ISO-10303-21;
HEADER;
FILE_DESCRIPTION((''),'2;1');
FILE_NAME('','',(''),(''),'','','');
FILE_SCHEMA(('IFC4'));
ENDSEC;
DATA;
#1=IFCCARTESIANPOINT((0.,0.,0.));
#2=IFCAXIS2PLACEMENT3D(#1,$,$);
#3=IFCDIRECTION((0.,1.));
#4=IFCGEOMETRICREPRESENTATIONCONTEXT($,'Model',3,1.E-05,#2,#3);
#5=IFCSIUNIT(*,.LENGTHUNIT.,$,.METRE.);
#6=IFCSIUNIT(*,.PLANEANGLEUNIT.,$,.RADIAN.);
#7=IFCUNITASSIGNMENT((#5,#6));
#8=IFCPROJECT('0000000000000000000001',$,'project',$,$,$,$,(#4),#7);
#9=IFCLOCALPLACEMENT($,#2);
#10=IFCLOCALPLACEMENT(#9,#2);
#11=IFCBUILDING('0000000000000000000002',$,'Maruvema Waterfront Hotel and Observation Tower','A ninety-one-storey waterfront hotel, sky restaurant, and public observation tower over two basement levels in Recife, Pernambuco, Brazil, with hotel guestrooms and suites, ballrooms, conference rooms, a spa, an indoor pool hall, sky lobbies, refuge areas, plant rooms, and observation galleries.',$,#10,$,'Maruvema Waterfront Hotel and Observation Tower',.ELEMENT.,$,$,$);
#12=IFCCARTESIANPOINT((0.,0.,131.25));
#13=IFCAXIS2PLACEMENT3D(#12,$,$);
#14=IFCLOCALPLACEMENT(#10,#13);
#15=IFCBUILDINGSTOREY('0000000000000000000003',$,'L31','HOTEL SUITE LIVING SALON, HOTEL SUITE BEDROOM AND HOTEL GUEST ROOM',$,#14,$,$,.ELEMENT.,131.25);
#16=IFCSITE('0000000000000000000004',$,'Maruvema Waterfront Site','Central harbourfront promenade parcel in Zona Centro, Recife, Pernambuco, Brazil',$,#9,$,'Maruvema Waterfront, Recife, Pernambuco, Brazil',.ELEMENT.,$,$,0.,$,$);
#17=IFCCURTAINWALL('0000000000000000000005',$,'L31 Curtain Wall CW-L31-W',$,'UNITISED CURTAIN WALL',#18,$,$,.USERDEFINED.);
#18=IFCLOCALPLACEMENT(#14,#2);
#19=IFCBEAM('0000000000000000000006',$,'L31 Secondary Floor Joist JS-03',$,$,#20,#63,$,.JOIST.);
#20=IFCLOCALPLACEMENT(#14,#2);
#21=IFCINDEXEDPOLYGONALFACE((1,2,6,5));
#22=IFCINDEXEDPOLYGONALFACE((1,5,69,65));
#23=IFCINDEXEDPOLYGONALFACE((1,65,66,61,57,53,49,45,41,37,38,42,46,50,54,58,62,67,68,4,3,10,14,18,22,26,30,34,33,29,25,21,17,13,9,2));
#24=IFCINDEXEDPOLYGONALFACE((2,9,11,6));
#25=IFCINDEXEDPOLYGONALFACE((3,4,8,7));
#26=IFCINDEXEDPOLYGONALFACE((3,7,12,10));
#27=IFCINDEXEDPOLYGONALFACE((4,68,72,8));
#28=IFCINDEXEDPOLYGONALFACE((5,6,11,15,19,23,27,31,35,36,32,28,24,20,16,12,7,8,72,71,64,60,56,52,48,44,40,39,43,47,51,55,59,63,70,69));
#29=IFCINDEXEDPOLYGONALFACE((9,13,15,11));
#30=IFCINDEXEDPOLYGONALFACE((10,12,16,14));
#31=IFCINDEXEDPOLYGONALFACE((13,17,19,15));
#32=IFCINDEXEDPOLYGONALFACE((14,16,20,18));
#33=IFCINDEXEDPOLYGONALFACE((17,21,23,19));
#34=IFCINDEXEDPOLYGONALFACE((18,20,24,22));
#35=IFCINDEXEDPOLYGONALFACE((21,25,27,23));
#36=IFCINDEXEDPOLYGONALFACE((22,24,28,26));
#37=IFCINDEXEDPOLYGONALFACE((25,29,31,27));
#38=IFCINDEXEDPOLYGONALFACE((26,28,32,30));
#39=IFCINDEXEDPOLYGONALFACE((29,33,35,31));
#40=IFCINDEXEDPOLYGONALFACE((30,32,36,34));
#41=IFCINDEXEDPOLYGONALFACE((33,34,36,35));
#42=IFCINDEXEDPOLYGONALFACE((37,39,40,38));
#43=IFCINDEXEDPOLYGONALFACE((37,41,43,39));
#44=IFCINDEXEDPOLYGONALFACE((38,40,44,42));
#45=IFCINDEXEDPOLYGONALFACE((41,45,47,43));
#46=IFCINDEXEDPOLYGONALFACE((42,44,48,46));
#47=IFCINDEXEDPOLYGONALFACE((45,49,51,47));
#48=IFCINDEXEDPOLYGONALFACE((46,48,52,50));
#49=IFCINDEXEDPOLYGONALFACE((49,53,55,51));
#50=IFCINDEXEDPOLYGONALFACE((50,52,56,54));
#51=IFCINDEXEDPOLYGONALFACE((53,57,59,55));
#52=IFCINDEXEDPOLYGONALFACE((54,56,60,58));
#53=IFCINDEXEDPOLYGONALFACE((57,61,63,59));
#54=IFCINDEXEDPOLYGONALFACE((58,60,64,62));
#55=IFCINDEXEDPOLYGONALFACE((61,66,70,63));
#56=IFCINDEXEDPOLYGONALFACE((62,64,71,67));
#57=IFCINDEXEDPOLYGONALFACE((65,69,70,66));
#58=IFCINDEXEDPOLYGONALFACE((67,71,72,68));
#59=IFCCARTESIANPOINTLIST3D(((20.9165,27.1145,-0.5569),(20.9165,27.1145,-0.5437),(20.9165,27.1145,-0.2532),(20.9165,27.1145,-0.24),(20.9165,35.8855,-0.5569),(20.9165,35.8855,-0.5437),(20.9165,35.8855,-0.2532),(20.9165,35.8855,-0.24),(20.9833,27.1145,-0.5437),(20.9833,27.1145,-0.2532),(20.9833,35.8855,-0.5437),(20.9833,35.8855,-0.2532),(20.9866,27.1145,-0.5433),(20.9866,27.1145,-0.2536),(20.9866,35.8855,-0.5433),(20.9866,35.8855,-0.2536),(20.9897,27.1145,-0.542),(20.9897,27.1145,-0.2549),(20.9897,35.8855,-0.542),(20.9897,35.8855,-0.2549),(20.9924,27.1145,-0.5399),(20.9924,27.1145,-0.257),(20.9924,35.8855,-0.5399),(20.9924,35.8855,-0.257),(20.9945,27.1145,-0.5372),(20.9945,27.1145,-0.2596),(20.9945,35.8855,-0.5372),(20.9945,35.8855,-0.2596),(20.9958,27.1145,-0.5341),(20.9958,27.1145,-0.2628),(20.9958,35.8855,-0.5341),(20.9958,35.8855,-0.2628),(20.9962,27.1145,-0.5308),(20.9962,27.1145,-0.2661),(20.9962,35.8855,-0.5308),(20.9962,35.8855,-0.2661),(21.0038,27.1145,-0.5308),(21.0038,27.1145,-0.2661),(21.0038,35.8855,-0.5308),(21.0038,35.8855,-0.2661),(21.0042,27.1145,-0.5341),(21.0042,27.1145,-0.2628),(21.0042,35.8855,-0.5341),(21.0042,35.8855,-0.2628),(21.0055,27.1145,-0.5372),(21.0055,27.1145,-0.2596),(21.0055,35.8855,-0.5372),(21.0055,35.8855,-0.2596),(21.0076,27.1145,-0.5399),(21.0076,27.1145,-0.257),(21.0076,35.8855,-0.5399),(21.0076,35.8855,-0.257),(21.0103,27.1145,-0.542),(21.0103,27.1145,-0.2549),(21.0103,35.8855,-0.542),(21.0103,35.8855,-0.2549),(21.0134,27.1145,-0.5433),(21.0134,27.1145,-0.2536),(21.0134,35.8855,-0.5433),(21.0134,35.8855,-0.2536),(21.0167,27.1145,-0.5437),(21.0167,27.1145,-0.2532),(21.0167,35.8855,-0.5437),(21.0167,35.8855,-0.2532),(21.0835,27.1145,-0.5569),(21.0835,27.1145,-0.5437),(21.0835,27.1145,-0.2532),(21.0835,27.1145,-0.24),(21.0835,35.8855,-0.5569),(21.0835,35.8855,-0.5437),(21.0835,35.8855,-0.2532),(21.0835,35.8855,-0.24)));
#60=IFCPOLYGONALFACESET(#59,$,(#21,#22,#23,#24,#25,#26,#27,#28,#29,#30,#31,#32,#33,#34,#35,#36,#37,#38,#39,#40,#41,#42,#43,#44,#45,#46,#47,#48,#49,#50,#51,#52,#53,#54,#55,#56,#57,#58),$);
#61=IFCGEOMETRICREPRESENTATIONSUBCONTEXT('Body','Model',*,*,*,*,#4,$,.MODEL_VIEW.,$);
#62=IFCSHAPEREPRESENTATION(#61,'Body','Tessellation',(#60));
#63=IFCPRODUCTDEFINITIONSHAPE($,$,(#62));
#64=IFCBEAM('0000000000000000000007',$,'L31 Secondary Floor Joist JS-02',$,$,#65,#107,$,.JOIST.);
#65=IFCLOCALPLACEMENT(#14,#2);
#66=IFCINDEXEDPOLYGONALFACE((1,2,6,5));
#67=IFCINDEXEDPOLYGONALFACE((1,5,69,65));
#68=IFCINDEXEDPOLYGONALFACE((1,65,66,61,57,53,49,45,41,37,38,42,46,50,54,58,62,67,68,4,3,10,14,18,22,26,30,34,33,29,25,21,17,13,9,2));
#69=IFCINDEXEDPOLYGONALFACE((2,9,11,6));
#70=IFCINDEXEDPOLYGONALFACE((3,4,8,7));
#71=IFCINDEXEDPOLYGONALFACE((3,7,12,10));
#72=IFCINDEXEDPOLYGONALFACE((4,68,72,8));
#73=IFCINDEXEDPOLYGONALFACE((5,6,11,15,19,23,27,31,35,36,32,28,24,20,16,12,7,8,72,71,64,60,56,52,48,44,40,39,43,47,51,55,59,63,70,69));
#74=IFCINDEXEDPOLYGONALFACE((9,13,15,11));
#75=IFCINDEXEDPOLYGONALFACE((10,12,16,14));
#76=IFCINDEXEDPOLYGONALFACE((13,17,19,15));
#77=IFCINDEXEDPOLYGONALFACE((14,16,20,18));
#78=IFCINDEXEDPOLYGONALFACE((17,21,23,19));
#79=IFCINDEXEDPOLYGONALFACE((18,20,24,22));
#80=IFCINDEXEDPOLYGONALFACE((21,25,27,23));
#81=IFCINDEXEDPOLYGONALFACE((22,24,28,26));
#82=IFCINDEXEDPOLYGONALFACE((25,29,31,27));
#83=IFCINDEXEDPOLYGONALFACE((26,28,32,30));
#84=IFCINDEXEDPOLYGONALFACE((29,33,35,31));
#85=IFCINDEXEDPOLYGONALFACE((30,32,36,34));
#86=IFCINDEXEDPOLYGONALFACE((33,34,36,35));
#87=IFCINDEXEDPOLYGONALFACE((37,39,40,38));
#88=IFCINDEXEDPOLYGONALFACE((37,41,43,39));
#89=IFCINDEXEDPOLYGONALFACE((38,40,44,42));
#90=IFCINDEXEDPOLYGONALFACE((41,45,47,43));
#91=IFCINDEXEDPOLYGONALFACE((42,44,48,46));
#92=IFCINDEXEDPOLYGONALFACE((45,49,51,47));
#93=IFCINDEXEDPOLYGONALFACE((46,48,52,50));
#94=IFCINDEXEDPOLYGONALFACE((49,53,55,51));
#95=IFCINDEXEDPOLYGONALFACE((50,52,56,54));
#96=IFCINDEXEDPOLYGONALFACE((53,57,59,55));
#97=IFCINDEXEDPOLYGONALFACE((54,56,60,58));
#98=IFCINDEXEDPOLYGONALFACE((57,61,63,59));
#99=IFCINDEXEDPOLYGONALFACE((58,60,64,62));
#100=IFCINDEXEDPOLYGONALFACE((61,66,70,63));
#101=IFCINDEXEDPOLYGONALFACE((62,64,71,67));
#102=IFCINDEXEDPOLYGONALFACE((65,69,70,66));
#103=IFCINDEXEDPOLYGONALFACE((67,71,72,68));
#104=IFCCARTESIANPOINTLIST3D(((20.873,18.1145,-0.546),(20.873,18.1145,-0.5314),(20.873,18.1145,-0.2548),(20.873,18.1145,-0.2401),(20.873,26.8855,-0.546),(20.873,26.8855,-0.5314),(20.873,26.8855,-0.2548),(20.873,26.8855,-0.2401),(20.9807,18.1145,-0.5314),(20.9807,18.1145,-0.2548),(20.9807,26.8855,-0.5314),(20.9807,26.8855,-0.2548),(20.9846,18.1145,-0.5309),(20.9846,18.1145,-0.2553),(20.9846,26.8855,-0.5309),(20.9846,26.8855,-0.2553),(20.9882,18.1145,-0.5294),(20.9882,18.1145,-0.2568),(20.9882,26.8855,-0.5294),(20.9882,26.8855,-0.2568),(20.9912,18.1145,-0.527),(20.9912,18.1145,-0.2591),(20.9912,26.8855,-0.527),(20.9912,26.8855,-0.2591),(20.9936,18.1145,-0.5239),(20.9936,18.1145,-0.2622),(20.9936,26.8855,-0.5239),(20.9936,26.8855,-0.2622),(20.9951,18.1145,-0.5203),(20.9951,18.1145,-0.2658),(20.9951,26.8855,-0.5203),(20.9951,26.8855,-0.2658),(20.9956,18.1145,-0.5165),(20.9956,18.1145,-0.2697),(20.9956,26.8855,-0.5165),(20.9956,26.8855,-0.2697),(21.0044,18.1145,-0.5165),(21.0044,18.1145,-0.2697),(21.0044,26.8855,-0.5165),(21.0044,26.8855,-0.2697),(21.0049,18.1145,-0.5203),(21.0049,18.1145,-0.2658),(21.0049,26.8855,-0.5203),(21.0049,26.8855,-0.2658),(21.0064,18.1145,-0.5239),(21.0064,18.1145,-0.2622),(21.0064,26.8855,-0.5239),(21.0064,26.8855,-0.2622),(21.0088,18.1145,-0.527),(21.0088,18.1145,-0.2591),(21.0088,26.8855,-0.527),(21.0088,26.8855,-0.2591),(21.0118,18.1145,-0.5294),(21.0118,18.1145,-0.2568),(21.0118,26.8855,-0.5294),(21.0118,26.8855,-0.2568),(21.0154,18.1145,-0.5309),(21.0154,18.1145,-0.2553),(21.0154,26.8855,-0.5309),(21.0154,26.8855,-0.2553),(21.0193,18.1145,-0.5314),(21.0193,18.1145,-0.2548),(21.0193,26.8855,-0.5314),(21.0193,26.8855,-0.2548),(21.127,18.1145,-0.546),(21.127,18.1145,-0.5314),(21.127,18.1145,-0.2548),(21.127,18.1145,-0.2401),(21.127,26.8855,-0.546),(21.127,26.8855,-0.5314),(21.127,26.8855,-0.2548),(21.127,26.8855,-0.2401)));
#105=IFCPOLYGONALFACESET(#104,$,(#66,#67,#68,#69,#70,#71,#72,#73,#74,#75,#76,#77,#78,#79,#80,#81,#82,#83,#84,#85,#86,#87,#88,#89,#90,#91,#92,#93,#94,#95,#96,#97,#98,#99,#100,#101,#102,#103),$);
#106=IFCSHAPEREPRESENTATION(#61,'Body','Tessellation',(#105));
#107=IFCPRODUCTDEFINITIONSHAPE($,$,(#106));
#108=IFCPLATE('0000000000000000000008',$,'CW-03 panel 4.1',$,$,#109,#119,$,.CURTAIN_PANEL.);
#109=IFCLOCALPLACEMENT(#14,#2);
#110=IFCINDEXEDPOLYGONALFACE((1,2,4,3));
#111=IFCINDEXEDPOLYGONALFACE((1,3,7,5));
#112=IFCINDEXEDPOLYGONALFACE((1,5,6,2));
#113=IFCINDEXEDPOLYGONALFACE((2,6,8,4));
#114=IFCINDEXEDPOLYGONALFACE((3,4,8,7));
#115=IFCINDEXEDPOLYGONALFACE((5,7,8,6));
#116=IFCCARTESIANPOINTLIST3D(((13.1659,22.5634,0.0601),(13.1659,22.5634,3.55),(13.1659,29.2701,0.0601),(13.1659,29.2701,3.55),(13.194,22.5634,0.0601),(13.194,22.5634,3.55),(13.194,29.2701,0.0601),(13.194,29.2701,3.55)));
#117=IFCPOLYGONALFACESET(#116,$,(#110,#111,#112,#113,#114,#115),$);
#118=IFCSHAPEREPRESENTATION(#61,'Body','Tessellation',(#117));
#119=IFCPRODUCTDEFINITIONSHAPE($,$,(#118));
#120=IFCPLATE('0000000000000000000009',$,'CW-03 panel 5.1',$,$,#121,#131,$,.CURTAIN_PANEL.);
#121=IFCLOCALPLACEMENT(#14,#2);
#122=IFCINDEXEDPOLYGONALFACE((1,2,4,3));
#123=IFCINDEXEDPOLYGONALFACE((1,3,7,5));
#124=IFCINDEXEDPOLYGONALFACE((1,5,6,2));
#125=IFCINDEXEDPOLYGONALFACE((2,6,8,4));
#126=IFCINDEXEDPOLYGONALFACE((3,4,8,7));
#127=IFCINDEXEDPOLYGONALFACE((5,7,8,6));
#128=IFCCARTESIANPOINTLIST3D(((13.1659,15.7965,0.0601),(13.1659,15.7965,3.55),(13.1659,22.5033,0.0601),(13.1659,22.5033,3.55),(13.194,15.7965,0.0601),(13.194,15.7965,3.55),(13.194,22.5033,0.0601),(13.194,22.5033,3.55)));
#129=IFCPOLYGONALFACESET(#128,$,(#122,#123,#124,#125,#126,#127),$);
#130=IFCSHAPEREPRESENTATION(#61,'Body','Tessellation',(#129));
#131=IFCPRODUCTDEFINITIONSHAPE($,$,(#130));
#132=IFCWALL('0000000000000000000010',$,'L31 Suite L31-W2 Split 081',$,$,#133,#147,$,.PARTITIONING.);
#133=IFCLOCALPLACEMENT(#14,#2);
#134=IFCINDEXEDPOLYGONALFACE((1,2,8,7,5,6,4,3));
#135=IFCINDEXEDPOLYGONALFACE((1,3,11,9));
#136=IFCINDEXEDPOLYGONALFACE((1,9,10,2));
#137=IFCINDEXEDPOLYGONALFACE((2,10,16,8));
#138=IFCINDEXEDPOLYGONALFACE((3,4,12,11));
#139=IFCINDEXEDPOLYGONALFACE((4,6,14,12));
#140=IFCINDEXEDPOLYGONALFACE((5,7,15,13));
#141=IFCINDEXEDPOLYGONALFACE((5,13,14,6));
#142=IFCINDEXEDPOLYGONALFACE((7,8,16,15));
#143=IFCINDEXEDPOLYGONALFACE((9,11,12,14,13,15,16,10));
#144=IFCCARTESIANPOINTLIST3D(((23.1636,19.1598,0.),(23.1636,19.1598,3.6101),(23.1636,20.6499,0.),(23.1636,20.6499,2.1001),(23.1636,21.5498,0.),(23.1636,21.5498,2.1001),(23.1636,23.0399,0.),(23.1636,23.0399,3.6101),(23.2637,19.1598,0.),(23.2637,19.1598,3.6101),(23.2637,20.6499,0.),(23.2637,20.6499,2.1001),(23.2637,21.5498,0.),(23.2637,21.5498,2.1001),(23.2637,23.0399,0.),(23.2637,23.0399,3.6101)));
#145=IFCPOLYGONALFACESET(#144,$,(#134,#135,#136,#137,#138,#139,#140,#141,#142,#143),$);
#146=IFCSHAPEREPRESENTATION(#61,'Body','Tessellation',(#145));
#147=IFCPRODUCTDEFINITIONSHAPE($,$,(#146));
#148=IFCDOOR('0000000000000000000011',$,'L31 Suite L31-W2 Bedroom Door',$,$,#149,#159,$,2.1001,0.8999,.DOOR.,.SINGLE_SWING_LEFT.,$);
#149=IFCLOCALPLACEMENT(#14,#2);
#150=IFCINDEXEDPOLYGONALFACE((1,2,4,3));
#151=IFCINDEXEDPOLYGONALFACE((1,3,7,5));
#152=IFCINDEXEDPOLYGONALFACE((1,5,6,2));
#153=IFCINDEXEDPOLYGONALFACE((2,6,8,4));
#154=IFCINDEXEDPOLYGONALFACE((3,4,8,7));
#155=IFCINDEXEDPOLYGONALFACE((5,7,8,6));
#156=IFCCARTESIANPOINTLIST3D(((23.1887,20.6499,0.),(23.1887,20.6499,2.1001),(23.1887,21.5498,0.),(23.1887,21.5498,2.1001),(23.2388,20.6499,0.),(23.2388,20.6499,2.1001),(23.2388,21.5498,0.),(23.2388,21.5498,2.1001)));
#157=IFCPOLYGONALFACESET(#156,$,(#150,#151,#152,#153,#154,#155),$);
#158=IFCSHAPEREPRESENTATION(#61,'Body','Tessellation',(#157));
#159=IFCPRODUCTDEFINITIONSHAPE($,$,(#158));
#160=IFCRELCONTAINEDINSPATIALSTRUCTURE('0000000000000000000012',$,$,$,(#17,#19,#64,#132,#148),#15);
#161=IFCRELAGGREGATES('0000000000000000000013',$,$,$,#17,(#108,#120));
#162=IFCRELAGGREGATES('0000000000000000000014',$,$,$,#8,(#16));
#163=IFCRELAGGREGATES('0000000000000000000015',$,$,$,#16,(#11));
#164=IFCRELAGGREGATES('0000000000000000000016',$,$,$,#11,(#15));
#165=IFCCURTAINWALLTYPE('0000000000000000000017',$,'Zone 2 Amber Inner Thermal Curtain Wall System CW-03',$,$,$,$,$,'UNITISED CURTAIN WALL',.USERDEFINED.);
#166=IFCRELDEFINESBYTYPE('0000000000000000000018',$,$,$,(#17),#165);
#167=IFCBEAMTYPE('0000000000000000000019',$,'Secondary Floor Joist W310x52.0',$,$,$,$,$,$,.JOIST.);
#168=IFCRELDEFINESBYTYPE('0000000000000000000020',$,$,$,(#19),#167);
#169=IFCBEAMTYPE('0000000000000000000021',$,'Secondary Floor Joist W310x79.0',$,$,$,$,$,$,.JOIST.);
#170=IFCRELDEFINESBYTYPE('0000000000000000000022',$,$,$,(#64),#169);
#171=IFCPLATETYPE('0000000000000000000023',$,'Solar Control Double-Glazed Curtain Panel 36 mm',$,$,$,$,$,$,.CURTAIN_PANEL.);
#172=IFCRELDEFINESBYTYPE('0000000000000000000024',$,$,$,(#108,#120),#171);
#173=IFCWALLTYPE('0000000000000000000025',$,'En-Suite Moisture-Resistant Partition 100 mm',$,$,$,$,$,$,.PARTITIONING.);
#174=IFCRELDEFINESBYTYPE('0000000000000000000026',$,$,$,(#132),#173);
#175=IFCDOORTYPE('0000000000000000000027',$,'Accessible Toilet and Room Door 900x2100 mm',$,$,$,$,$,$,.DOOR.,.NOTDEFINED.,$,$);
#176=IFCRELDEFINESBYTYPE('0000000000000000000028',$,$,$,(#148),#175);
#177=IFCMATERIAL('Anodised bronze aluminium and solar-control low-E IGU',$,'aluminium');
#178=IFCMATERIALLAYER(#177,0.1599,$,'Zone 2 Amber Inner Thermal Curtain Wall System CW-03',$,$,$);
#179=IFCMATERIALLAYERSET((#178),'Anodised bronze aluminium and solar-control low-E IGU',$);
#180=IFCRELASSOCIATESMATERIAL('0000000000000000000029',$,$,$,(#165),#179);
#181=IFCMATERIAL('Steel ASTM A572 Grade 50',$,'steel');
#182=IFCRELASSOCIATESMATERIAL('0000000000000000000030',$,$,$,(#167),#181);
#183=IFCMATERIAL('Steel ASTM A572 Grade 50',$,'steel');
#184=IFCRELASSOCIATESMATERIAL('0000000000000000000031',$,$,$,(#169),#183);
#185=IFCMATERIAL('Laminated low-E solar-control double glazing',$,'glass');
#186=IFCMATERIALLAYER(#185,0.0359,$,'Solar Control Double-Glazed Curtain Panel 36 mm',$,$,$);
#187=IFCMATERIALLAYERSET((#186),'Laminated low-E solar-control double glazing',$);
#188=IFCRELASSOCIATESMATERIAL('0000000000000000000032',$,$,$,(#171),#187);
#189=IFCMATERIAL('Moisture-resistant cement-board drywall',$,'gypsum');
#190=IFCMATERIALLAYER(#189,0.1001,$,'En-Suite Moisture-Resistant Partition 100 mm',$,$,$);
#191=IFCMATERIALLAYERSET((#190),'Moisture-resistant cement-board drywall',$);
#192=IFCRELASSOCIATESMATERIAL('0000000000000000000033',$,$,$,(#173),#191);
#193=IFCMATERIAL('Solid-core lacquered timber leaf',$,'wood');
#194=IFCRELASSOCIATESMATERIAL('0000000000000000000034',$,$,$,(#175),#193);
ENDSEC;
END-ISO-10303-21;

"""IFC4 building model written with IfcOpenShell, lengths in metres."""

from ifc_helpers import new_model, si_unit, direction, frame, frame_2d, origin, origin_2d, place, context, subcontext, project, spatial, rectangle, i_section, extrude, material, layer, layer_set, material_profile, profile_set, type_object, element, fill, aggregate, save


model = new_model("IFC4")

# Units and contexts
model_context = context("Model", 3, precision=1e-05, world=origin(), true_north=direction((0.0, 1.0)))
body_context = subcontext(model_context, "Body", "Model", "MODEL_VIEW")
ifc_project = project(units=[si_unit("LENGTHUNIT", "METRE"), si_unit("PLANEANGLEUNIT", "RADIAN")], contexts=[model_context])

# Site, building, storey
site_placement = place(None, origin())
site = spatial("IfcSite", under=ifc_project, at=site_placement, Name="Maruvema Waterfront Site", Description="Central harbourfront promenade parcel in Zona Centro, Recife, Pernambuco, Brazil", LongName="Maruvema Waterfront, Recife, Pernambuco, Brazil", CompositionType="ELEMENT", RefElevation=0.0)
building_placement = place(site_placement, origin())
building = spatial("IfcBuilding", under=site, at=building_placement, Name="Maruvema Waterfront Hotel and Observation Tower", Description="A ninety-one-storey waterfront hotel, sky restaurant, and public observation tower over two basement levels in Recife, Pernambuco, Brazil, with hotel guestrooms and suites, ballrooms, conference rooms, a spa, an indoor pool hall, sky lobbies, refuge areas, plant rooms, and observation galleries.", LongName="Maruvema Waterfront Hotel and Observation Tower", CompositionType="ELEMENT")
storey_placement = place(building_placement, frame((0.0, 0.0, 131.25)))
storey = spatial("IfcBuildingStorey", under=building, at=storey_placement, Name="L31", Description="HOTEL SUITE LIVING SALON, HOTEL SUITE BEDROOM AND HOTEL GUEST ROOM", CompositionType="ELEMENT", Elevation=131.25)

# Curtain wall
ifc_material_1 = material(Name="Anodised bronze aluminium and solar-control low-E IGU", Category="aluminium")
ifc_layer_1 = layer(ifc_material_1, 0.1599, Name="Zone 2 Amber Inner Thermal Curtain Wall System CW-03")
ifc_layer_set_1 = layer_set([ifc_layer_1], Name="Anodised bronze aluminium and solar-control low-E IGU")
curtain_wall_type = type_object("IfcCurtainWallType", Name="Zone 2 Amber Inner Thermal Curtain Wall System CW-03", ElementType="UNITISED CURTAIN WALL", PredefinedType="USERDEFINED", material=ifc_layer_set_1)
curtain_wall_placement = place(storey_placement, origin())
curtain_wall = element("IfcCurtainWall", 1, at=curtain_wall_placement, inside=storey, type_object=curtain_wall_type, Name="L31 Curtain Wall CW-L31-W", ObjectType="UNITISED CURTAIN WALL", PredefinedType="USERDEFINED")

# Beams
ifc_material_2 = material(Name="Steel ASTM A572 Grade 50", Category="steel")
ifc_material_profile_1 = material_profile(ifc_material_2, i_section(OverallWidth=0.167, OverallDepth=0.3169, WebThickness=0.0076, FlangeThickness=0.0132, FilletRadius=0.0129, at=origin_2d()), Name="W310x52.0")
ifc_profile_set_1 = profile_set([ifc_material_profile_1], Name="Steel ASTM A572 Grade 50")
beam_type_1 = type_object("IfcBeamType", Name="Secondary Floor Joist W310x52.0", PredefinedType="JOIST", material=ifc_profile_set_1)
beam_1_placement = place(storey_placement, frame((21.0, 27.1145, -0.3984), z_axis=(0.0, 1.0, 0.0), x_axis=(-1.0, 0.0, 0.0)))
element("IfcBeam", 2, at=beam_1_placement, inside=storey, type_object=beam_type_1, Name="L31 Secondary Floor Joist JS-03", PredefinedType="JOIST", context=body_context, shape_type="SweptSolid", body=[
    extrude(i_section(OverallWidth=0.167, OverallDepth=0.3169, WebThickness=0.0076, FlangeThickness=0.0132, FilletRadius=0.0129, at=origin_2d()), origin(), (0.0, 0.0, 1.0), 8.771),
])
ifc_material_3 = material(Name="Steel ASTM A572 Grade 50", Category="steel")
ifc_material_profile_2 = material_profile(ifc_material_3, i_section(OverallWidth=0.2539, OverallDepth=0.3059, WebThickness=0.0088, FlangeThickness=0.0146, FilletRadius=0.0149, at=origin_2d()), Name="W310x79.0")
ifc_profile_set_2 = profile_set([ifc_material_profile_2], Name="Steel ASTM A572 Grade 50")
beam_type_2 = type_object("IfcBeamType", Name="Secondary Floor Joist W310x79.0", PredefinedType="JOIST", material=ifc_profile_set_2)
beam_2_placement = place(storey_placement, frame((21.0, 18.1145, -0.3931), z_axis=(0.0, 1.0, 0.0), x_axis=(-1.0, 0.0, 0.0)))
element("IfcBeam", 3, at=beam_2_placement, inside=storey, type_object=beam_type_2, Name="L31 Secondary Floor Joist JS-02", PredefinedType="JOIST", context=body_context, shape_type="SweptSolid", body=[
    extrude(i_section(OverallWidth=0.2539, OverallDepth=0.3059, WebThickness=0.0088, FlangeThickness=0.0146, FilletRadius=0.0149, at=origin_2d()), origin(), (0.0, 0.0, 1.0), 8.771),
])

# Plates
ifc_material_4 = material(Name="Laminated low-E solar-control double glazing", Category="glass")
ifc_layer_2 = layer(ifc_material_4, 0.0359, Name="Solar Control Double-Glazed Curtain Panel 36 mm")
ifc_layer_set_2 = layer_set([ifc_layer_2], Name="Laminated low-E solar-control double glazing")
plate_type = type_object("IfcPlateType", Name="Solar Control Double-Glazed Curtain Panel 36 mm", PredefinedType="CURTAIN_PANEL", material=ifc_layer_set_2)
plate_1_placement = place(storey_placement, frame((13.1799, 25.9167, 0.0601), z_axis=(0.0, 0.0, 1.0), x_axis=(0.0, -1.0, 0.0)))
plate_1 = element("IfcPlate", 4, at=plate_1_placement, type_object=plate_type, Name="CW-03 panel 4.1", PredefinedType="CURTAIN_PANEL", context=body_context, shape_type="SweptSolid", body=[
    extrude(rectangle(XDim=6.7068, YDim=0.0281, at=origin_2d()), origin(), (0.0, 0.0, 1.0), 3.49),
])
plate_2_placement = place(storey_placement, frame((13.1799, 19.1499, 0.0601), z_axis=(0.0, 0.0, 1.0), x_axis=(0.0, -1.0, 0.0)))
plate_2 = element("IfcPlate", 5, at=plate_2_placement, type_object=plate_type, Name="CW-03 panel 5.1", PredefinedType="CURTAIN_PANEL", context=body_context, shape_type="SweptSolid", body=[
    extrude(rectangle(XDim=6.7068, YDim=0.0281, at=origin_2d()), origin(), (0.0, 0.0, 1.0), 3.49),
])
aggregate(curtain_wall, [plate_1, plate_2])

# Wall, opening, door
ifc_material_5 = material(Name="Moisture-resistant cement-board drywall", Category="gypsum")
ifc_layer_3 = layer(ifc_material_5, 0.1001, Name="En-Suite Moisture-Resistant Partition 100 mm")
ifc_layer_set_3 = layer_set([ifc_layer_3], Name="Moisture-resistant cement-board drywall")
wall_type_1 = type_object("IfcWallType", Name="En-Suite Moisture-Resistant Partition 100 mm", PredefinedType="PARTITIONING", material=ifc_layer_set_3)
wall_1_placement = place(storey_placement, frame((23.2136, 19.1599, 0.0), z_axis=(0.0, 0.0, 1.0), x_axis=(0.0, 1.0, 0.0)))
wall_1 = element("IfcWall", 6, at=wall_1_placement, inside=storey, type_object=wall_type_1, Name="L31 Suite L31-W2 Split 081", PredefinedType="PARTITIONING", context=body_context, shape_type="SweptSolid", body=[
    extrude(rectangle(XDim=3.8801, YDim=0.1001, at=frame_2d((1.9399, 0.0))), origin(), (0.0, 0.0, 1.0), 3.6101),
])
opening_1_placement = place(wall_1_placement, frame((1.49, 0.0, 0.0)))
opening_1 = element("IfcOpeningElement", 7, at=opening_1_placement, cuts=wall_1, PredefinedType="OPENING", context=body_context, shape_type="SweptSolid", body=[
    extrude(rectangle(XDim=0.8999, YDim=2.1001, at=frame_2d((0.45, 1.05))), frame((0.0, 0.0601, 0.0), z_axis=(0.0, -1.0, 0.0), x_axis=(1.0, 0.0, 0.0)), (0.0, 0.0, 1.0), 0.1201),
])
ifc_material_6 = material(Name="Solid-core lacquered timber leaf", Category="wood")
door_type = type_object("IfcDoorType", Name="Accessible Toilet and Room Door 900x2100 mm", OperationType="NOTDEFINED", PredefinedType="DOOR", material=ifc_material_6)
door_1_placement = place(opening_1_placement, origin())
door_1 = element("IfcDoor", 8, at=door_1_placement, inside=storey, type_object=door_type, Name="L31 Suite L31-W2 Bedroom Door", OperationType="SINGLE_SWING_LEFT", OverallHeight=2.1001, OverallWidth=0.8999, PredefinedType="DOOR", context=body_context, shape_type="SweptSolid", body=[
    extrude(rectangle(XDim=0.8999, YDim=2.1001, at=frame_2d((0.45, 1.05))), frame((0.0, 0.0249, 0.0), z_axis=(0.0, -1.0, 0.0), x_axis=(1.0, 0.0, 0.0)), (0.0, 0.0, 1.0), 0.05),
])
fill(opening_1, door_1)

save(model, "model.ifc")
